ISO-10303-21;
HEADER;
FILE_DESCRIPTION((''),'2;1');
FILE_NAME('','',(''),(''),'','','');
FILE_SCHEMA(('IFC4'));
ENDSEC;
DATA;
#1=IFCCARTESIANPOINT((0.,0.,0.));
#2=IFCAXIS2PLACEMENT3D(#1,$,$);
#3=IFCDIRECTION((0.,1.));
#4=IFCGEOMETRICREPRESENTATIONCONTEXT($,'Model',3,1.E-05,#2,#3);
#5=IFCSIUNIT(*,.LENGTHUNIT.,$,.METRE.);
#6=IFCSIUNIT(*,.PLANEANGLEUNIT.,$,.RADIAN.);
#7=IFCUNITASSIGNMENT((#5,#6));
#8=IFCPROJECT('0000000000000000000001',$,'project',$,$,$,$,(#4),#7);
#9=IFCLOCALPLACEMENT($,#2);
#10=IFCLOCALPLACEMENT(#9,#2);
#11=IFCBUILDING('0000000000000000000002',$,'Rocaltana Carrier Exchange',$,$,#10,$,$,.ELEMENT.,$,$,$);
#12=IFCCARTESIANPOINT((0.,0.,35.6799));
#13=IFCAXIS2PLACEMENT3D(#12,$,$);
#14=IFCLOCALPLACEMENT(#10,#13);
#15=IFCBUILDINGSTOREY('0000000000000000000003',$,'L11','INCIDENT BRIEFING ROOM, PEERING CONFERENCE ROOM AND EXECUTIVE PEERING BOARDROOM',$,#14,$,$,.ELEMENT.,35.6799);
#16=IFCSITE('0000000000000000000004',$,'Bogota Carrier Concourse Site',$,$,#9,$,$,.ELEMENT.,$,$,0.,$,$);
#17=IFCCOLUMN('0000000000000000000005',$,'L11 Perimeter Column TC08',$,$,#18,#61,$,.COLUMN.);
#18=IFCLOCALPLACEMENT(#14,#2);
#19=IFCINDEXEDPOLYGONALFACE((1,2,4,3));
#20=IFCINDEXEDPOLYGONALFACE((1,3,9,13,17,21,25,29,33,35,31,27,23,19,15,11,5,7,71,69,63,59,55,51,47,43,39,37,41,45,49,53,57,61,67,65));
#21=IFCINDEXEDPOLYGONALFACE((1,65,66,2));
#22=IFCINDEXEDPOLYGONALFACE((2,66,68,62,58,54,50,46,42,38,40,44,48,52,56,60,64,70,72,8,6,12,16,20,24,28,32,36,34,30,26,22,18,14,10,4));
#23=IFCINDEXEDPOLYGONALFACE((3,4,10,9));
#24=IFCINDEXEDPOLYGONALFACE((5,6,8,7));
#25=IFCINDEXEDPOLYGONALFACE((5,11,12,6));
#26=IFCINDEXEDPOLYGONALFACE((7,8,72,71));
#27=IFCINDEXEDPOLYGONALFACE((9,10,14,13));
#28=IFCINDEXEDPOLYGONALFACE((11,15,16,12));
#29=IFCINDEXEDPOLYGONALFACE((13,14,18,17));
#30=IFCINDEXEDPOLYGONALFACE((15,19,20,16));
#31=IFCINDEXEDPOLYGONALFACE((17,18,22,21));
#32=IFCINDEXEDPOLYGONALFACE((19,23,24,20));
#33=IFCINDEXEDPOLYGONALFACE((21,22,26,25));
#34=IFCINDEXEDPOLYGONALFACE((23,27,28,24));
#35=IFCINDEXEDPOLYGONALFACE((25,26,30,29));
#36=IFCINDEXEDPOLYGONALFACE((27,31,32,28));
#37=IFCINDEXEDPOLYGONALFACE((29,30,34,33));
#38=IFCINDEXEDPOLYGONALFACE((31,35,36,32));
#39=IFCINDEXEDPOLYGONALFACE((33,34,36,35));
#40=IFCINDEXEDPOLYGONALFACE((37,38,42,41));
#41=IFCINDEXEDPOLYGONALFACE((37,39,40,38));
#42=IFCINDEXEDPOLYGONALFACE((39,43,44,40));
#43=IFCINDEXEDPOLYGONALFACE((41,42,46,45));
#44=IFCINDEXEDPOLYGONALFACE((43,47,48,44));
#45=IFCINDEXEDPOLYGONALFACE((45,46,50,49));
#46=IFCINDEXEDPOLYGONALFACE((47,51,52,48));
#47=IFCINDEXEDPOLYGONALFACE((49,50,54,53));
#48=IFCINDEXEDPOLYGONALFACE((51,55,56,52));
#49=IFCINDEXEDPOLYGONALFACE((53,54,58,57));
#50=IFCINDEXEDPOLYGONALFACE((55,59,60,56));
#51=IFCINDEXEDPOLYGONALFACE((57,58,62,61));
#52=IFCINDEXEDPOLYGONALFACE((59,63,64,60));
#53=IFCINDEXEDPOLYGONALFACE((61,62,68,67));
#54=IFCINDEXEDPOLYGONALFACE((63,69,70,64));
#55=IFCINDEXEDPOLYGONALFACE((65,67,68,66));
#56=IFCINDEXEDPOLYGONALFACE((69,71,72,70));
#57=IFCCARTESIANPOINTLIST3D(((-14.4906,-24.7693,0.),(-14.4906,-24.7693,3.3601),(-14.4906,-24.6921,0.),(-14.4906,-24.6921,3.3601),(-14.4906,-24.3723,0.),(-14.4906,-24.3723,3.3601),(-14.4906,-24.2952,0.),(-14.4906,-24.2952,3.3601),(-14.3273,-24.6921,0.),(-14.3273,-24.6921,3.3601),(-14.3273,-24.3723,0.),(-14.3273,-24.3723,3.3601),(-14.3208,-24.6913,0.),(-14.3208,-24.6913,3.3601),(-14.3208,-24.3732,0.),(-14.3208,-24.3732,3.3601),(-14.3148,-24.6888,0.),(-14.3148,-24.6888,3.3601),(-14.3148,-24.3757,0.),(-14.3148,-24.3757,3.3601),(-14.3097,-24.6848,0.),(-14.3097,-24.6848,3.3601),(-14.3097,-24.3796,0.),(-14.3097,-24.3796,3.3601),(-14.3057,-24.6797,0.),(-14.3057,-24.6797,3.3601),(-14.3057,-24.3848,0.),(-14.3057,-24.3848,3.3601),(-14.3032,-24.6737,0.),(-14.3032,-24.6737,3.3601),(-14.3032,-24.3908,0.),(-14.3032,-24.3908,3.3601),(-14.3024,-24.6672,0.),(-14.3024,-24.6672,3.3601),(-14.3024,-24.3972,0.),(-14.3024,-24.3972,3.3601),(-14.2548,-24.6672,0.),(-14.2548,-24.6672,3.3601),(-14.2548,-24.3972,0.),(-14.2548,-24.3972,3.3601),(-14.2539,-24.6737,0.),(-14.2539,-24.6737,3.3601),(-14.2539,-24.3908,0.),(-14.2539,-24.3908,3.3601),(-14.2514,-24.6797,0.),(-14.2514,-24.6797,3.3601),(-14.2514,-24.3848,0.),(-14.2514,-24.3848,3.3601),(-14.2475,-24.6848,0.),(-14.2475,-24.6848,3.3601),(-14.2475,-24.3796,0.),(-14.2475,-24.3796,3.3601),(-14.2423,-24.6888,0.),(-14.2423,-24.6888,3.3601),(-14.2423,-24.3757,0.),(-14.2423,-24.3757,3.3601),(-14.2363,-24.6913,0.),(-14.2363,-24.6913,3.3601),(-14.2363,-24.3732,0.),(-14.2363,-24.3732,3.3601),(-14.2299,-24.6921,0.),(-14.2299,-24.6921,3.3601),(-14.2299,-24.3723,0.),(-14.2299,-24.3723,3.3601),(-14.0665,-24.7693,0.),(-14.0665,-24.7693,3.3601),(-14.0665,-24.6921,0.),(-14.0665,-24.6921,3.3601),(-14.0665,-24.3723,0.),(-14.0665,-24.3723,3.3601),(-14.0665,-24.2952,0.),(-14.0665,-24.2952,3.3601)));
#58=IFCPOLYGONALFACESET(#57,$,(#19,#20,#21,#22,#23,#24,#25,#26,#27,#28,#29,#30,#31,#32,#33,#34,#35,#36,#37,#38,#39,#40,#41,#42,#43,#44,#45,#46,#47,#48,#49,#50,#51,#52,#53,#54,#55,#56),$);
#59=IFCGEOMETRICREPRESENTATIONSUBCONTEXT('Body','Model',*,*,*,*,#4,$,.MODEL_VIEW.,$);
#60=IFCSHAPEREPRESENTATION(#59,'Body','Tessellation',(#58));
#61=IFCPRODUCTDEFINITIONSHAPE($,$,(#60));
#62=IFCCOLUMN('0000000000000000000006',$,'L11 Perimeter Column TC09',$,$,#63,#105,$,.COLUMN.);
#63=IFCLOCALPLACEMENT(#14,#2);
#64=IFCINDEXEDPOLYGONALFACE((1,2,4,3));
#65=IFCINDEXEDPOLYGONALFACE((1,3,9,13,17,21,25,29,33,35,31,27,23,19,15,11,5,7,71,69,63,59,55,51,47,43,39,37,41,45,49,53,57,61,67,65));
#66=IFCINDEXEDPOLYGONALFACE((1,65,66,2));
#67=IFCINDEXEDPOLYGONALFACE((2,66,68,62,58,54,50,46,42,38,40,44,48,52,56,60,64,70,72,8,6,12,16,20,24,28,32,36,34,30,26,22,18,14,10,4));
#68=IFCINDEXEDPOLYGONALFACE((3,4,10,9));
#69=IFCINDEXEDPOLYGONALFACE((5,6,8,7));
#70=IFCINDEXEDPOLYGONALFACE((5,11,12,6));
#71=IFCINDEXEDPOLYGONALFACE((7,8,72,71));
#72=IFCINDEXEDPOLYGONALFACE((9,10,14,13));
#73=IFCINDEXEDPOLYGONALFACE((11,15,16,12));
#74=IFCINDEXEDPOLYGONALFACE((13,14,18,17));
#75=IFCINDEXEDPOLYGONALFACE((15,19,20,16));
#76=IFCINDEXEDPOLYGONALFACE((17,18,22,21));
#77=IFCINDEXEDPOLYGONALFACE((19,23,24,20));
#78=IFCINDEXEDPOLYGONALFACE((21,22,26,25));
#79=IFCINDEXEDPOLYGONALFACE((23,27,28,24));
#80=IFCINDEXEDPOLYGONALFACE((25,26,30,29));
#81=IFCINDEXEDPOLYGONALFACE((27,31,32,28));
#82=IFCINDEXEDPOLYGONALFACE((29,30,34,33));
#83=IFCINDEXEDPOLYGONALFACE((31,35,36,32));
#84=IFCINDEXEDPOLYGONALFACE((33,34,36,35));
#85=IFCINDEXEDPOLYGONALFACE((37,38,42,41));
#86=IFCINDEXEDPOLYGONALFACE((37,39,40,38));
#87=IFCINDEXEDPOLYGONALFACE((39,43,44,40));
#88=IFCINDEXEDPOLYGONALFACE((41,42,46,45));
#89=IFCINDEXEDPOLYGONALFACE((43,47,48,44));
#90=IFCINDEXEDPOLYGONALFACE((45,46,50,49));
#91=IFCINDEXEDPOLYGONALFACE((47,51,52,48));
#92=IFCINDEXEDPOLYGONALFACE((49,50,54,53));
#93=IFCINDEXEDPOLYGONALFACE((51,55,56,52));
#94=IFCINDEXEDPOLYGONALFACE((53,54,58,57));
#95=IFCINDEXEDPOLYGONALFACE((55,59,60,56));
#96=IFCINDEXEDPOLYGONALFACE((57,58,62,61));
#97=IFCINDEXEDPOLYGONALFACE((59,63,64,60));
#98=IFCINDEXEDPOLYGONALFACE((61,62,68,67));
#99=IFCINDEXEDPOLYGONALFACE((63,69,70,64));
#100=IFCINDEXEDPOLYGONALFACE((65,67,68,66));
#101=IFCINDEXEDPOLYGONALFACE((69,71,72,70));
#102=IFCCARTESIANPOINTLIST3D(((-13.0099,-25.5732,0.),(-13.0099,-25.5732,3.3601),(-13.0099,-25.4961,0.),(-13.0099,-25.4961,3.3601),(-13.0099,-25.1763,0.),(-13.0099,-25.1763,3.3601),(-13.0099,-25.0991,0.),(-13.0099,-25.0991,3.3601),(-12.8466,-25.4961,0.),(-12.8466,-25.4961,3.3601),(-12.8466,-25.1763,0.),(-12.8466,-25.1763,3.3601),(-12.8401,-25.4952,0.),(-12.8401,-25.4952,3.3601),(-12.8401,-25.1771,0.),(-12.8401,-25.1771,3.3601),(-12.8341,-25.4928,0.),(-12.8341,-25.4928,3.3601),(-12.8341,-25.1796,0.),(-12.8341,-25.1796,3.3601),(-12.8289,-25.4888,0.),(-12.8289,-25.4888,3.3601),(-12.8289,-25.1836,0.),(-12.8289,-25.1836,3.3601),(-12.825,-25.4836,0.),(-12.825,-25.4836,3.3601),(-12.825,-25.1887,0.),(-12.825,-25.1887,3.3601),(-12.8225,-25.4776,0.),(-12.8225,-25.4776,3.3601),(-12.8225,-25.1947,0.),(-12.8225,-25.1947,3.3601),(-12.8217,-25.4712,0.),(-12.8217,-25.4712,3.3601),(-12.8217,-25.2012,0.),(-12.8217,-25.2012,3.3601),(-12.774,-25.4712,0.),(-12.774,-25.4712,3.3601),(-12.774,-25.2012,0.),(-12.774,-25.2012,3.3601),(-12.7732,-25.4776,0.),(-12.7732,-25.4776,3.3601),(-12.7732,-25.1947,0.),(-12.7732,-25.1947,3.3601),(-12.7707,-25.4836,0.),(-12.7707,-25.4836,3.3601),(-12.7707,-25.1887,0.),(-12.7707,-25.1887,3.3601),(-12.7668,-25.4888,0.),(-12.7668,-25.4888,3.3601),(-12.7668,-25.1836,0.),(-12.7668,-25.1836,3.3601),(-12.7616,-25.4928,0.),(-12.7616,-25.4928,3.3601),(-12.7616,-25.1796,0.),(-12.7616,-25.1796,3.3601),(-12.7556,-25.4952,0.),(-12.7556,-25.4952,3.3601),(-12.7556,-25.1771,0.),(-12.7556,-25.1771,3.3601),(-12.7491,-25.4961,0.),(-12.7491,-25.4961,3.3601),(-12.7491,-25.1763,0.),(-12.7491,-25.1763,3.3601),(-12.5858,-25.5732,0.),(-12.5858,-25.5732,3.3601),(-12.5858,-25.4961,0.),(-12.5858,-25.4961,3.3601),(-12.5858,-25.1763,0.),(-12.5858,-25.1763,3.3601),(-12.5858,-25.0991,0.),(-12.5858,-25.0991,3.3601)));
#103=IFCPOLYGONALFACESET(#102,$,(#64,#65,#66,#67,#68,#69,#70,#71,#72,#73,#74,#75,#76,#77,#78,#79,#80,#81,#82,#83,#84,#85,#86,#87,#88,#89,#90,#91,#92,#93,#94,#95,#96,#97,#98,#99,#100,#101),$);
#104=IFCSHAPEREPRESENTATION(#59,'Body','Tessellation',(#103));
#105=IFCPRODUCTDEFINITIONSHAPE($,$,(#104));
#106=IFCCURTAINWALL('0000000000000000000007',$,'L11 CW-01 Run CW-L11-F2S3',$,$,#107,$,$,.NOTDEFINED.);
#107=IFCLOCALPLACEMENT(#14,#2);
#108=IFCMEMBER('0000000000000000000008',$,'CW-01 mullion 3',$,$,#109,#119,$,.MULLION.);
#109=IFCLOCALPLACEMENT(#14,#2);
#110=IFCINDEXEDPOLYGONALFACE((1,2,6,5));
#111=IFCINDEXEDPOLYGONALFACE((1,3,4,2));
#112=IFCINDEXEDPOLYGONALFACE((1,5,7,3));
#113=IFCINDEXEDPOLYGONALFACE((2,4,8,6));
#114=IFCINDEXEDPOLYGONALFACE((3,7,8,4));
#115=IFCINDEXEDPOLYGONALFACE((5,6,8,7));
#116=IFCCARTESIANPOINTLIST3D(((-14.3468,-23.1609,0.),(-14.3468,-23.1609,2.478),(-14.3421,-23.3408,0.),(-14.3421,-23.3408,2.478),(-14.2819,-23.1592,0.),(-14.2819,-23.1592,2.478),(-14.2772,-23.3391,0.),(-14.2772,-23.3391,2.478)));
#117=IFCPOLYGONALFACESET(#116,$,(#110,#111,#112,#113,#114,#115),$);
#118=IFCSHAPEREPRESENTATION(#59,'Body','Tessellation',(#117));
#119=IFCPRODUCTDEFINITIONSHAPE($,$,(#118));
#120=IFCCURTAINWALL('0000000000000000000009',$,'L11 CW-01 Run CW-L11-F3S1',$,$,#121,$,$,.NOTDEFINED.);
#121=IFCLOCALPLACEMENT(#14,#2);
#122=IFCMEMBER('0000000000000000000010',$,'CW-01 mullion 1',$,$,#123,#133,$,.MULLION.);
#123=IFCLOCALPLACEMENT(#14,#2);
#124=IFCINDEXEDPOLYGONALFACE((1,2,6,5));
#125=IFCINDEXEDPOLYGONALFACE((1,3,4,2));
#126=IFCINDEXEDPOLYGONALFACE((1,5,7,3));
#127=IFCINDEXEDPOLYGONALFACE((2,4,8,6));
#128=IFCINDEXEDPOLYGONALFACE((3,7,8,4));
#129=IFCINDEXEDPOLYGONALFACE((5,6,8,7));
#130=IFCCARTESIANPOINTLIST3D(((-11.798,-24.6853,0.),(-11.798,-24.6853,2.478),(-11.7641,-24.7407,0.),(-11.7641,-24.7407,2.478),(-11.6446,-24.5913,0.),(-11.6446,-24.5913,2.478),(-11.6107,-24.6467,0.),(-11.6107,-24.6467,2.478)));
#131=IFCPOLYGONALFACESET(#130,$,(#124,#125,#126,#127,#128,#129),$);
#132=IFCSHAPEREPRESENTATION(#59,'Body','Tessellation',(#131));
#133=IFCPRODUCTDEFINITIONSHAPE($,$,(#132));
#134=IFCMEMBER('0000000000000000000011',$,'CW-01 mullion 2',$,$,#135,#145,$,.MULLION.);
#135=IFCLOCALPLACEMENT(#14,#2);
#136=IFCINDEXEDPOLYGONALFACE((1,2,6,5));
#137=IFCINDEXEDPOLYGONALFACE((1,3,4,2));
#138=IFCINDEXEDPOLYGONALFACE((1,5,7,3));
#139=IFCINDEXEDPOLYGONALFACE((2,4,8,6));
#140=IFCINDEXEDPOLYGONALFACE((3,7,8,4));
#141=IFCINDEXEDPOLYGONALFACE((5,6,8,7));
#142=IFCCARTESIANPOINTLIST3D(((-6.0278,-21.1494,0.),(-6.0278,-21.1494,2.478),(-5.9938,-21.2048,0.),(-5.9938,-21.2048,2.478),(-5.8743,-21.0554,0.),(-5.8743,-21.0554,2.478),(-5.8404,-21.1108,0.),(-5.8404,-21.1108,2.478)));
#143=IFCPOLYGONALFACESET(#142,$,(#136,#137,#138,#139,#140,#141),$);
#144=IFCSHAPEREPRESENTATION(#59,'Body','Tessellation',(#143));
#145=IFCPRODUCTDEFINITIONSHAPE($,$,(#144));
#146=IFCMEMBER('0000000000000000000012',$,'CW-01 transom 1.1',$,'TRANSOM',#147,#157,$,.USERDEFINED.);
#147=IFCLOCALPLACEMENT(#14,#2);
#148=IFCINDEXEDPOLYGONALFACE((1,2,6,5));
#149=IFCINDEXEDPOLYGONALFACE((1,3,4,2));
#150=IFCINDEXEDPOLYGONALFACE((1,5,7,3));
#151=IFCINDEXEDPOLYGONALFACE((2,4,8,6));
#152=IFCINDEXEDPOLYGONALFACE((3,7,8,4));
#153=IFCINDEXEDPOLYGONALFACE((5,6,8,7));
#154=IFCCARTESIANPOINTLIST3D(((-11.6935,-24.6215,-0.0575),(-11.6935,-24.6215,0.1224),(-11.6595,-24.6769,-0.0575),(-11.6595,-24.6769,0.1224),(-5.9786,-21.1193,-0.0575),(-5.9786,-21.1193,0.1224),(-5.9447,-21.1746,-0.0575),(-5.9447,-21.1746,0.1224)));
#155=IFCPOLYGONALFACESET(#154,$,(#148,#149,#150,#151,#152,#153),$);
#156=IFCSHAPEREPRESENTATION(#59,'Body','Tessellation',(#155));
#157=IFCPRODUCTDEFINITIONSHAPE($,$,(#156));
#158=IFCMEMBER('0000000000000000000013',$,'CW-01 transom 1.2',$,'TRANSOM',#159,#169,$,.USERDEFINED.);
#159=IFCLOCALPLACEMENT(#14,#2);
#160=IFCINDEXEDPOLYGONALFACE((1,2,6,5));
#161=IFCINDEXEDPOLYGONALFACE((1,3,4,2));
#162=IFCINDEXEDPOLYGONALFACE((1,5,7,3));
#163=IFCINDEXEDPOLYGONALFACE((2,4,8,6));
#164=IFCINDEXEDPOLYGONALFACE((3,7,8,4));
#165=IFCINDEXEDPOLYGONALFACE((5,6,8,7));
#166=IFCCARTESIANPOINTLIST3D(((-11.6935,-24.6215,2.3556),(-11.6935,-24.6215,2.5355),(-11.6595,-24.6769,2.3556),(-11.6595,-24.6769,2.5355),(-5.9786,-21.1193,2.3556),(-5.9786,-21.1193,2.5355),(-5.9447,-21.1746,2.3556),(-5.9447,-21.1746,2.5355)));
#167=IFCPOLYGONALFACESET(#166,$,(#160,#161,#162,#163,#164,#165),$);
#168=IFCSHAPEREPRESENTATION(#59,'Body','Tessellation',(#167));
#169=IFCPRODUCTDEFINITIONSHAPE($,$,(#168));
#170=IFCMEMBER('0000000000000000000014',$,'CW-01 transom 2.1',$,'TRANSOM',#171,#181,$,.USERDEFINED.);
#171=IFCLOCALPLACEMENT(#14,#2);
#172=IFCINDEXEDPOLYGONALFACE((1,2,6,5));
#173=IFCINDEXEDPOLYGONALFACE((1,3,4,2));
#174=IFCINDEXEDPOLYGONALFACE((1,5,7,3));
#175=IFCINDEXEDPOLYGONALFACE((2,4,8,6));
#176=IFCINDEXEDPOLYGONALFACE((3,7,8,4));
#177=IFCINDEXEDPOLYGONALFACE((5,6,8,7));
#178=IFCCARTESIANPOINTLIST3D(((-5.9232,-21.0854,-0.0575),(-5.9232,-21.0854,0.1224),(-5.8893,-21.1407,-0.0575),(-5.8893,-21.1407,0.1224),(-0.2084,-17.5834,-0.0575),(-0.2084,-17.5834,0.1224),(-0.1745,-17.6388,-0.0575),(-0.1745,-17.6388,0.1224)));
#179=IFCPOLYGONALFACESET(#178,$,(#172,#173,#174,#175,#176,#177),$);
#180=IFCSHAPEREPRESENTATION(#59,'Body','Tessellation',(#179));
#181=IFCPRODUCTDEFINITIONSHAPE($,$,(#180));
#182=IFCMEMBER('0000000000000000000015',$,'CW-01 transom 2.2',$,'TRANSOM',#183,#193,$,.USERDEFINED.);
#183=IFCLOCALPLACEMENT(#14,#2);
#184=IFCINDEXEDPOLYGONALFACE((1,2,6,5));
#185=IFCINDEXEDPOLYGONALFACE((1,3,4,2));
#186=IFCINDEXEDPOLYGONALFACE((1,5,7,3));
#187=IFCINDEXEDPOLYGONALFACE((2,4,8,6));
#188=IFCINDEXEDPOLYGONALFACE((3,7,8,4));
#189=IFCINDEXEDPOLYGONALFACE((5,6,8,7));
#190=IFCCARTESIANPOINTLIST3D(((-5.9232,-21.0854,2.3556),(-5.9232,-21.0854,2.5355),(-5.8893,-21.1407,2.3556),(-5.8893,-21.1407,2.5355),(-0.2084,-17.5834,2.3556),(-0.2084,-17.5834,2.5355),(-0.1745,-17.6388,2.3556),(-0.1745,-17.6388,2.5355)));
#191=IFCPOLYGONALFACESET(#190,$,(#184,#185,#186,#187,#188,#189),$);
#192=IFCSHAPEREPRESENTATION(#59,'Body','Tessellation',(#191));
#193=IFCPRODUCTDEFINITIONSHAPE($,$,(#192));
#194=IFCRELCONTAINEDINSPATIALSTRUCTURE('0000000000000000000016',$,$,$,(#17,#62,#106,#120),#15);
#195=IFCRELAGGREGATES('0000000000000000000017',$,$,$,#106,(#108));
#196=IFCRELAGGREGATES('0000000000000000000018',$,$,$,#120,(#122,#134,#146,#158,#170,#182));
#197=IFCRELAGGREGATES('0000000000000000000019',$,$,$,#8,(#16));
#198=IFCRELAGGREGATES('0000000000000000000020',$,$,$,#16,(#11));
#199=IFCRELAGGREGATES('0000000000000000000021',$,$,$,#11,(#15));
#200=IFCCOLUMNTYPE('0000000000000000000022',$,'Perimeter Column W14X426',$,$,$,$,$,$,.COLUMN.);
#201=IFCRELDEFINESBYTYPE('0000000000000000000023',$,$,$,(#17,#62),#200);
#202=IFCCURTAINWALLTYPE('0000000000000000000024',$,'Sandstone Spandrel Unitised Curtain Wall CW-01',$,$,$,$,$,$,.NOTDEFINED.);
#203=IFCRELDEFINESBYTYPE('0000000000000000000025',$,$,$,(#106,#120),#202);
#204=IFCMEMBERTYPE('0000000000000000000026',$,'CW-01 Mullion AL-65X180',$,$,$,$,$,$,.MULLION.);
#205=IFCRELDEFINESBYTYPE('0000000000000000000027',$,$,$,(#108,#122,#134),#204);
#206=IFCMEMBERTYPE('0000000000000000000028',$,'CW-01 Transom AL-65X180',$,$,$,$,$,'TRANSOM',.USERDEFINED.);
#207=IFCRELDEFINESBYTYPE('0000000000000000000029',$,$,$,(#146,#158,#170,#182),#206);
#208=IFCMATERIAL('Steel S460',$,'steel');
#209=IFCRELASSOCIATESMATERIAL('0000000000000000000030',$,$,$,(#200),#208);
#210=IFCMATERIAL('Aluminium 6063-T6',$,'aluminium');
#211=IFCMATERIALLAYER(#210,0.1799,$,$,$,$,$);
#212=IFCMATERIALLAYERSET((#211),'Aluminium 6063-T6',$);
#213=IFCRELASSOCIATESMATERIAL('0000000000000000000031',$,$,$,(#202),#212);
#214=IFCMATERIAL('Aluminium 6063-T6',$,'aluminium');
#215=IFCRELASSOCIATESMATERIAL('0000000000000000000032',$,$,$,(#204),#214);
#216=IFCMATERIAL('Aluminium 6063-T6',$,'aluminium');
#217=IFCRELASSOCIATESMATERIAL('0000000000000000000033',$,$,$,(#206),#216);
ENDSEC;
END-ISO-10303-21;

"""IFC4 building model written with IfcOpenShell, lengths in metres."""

from ifc_helpers import new_model, si_unit, direction, frame, origin, origin_2d, place, context, subcontext, project, spatial, rectangle, i_section, extrude, material, layer, layer_set, material_profile, profile_set, type_object, element, aggregate, save


model = new_model("IFC4")

# Units and contexts
model_context = context("Model", 3, precision=1e-05, world=origin(), true_north=direction((0.0, 1.0)))
body_context = subcontext(model_context, "Body", "Model", "MODEL_VIEW")
ifc_project = project(units=[si_unit("LENGTHUNIT", "METRE"), si_unit("PLANEANGLEUNIT", "RADIAN")], contexts=[model_context])

# Site, building, storey
site_placement = place(None, origin())
site = spatial("IfcSite", under=ifc_project, at=site_placement, Name="Bogota Carrier Concourse Site", CompositionType="ELEMENT", RefElevation=0.0)
building_placement = place(site_placement, origin())
building = spatial("IfcBuilding", under=site, at=building_placement, Name="Rocaltana Carrier Exchange", CompositionType="ELEMENT")
storey_placement = place(building_placement, frame((0.0, 0.0, 35.6799)))
storey = spatial("IfcBuildingStorey", under=building, at=storey_placement, Name="L11", Description="INCIDENT BRIEFING ROOM, PEERING CONFERENCE ROOM AND EXECUTIVE PEERING BOARDROOM", CompositionType="ELEMENT", Elevation=35.6799)

# Columns
ifc_material_1 = material(Name="Steel S460", Category="steel")
ifc_material_profile_1 = material_profile(ifc_material_1, i_section(OverallWidth=0.4241, OverallDepth=0.4741, WebThickness=0.0476, FlangeThickness=0.0771, FilletRadius=0.0249, at=origin_2d()), Name="W14X426")
ifc_profile_set_1 = profile_set([ifc_material_profile_1], Name="Steel S460")
column_type = type_object("IfcColumnType", Name="Perimeter Column W14X426", PredefinedType="COLUMN", material=ifc_profile_set_1)
for number, where, z_axis, x_axis, name in (
    (1, (-14.2786, -24.5322, 0.0), (0.0, 0.0, 1.0), (1.0, 0.0, 0.0), "L11 Perimeter Column TC08"),
    (2, (-12.7979, -25.3362, 0.0), (0.0, 0.0, 1.0), (1.0, 0.0, 0.0), "L11 Perimeter Column TC09"),
):
    element("IfcColumn", number, at=place(storey_placement, frame(where, z_axis=z_axis, x_axis=x_axis)), inside=storey, type_object=column_type, Name=name, PredefinedType="COLUMN", context=body_context, shape_type="SweptSolid", body=[
        extrude(i_section(OverallWidth=0.4241, OverallDepth=0.4741, WebThickness=0.0476, FlangeThickness=0.0771, FilletRadius=0.0249, at=origin_2d()), origin(), (0.0, 0.0, 1.0), 3.3601),
    ])

# Curtain wall, member
ifc_material_2 = material(Name="Aluminium 6063-T6", Category="aluminium")
ifc_layer_1 = layer(ifc_material_2, 0.1799)
ifc_layer_set_1 = layer_set([ifc_layer_1], Name="Aluminium 6063-T6")
curtain_wall_type = type_object("IfcCurtainWallType", Name="Sandstone Spandrel Unitised Curtain Wall CW-01", PredefinedType="NOTDEFINED", material=ifc_layer_set_1)
curtain_wall_1_placement = place(storey_placement, origin())
curtain_wall_1 = element("IfcCurtainWall", 3, at=curtain_wall_1_placement, inside=storey, type_object=curtain_wall_type, Name="L11 CW-01 Run CW-L11-F2S3", PredefinedType="NOTDEFINED")
ifc_material_3 = material(Name="Aluminium 6063-T6", Category="aluminium")
ifc_material_profile_2 = material_profile(ifc_material_3, rectangle(XDim=0.0649, YDim=0.1799, at=origin_2d()), Name="AL-65X180")
ifc_profile_set_2 = profile_set([ifc_material_profile_2], Name="Aluminium 6063-T6")
member_type_1 = type_object("IfcMemberType", Name="CW-01 Mullion AL-65X180", PredefinedType="MULLION", material=ifc_profile_set_2)
member_1_placement = place(storey_placement, frame((-14.312, -23.25, 0.0), z_axis=(0.0, 0.0, 1.0), x_axis=(0.999657, 0.026184, 0.0)))
member_1 = element("IfcMember", 4, at=member_1_placement, type_object=member_type_1, Name="CW-01 mullion 3", PredefinedType="MULLION", context=body_context, shape_type="SweptSolid", body=[
    extrude(rectangle(XDim=0.0649, YDim=0.1799, at=origin_2d()), origin(), (0.0, 0.0, 1.0), 2.478),
])
aggregate(curtain_wall_1, [member_1])

# Curtain wall, members
curtain_wall_2_placement = place(storey_placement, origin())
curtain_wall_2 = element("IfcCurtainWall", 5, at=curtain_wall_2_placement, inside=storey, type_object=curtain_wall_type, Name="L11 CW-01 Run CW-L11-F3S1", PredefinedType="NOTDEFINED")
member_2_placement = place(storey_placement, frame((-11.7043, -24.666, 0.0), z_axis=(0.0, 0.0, 1.0), x_axis=(-0.522505, 0.852636, 0.0)))
member_2 = element("IfcMember", 6, at=member_2_placement, type_object=member_type_1, Name="CW-01 mullion 1", PredefinedType="MULLION", context=body_context, shape_type="SweptSolid", body=[
    extrude(rectangle(XDim=0.0649, YDim=0.1799, at=origin_2d()), origin(), (0.0, 0.0, 1.0), 2.478),
])
member_3_placement = place(storey_placement, frame((-5.9341, -21.1301, 0.0), z_axis=(0.0, 0.0, 1.0), x_axis=(-0.522505, 0.852636, 0.0)))
member_3 = element("IfcMember", 7, at=member_3_placement, type_object=member_type_1, Name="CW-01 mullion 2", PredefinedType="MULLION", context=body_context, shape_type="SweptSolid", body=[
    extrude(rectangle(XDim=0.0649, YDim=0.1799, at=origin_2d()), origin(), (0.0, 0.0, 1.0), 2.478),
])
ifc_material_4 = material(Name="Aluminium 6063-T6", Category="aluminium")
ifc_material_profile_3 = material_profile(ifc_material_4, rectangle(XDim=0.0649, YDim=0.1799, at=origin_2d()), Name="AL-65X180")
ifc_profile_set_3 = profile_set([ifc_material_profile_3], Name="Aluminium 6063-T6")
member_type_2 = type_object("IfcMemberType", Name="CW-01 Transom AL-65X180", ElementType="TRANSOM", PredefinedType="USERDEFINED", material=ifc_profile_set_3)
member_4_placement = place(storey_placement, frame((-11.6765, -24.6492, 0.0325), z_axis=(0.852631, 0.522513, 0.0), x_axis=(-0.522513, 0.852631, 0.0)))
member_4 = element("IfcMember", 8, at=member_4_placement, type_object=member_type_2, Name="CW-01 transom 1.1", ObjectType="TRANSOM", PredefinedType="USERDEFINED", context=body_context, shape_type="SweptSolid", body=[
    extrude(rectangle(XDim=0.0649, YDim=0.1799, at=origin_2d()), origin(), (0.0, 0.0, 1.0), 6.7026),
])
member_5_placement = place(storey_placement, frame((-11.6765, -24.6492, 2.4456), z_axis=(0.852631, 0.522513, 0.0), x_axis=(-0.522513, 0.852631, 0.0)))
member_5 = element("IfcMember", 9, at=member_5_placement, type_object=member_type_2, Name="CW-01 transom 1.2", ObjectType="TRANSOM", PredefinedType="USERDEFINED", context=body_context, shape_type="SweptSolid", body=[
    extrude(rectangle(XDim=0.0649, YDim=0.1799, at=origin_2d()), origin(), (0.0, 0.0, 1.0), 6.7026),
])
member_6_placement = place(storey_placement, frame((-5.9062, -21.113, 0.0325), z_axis=(0.852647, 0.522487, 0.0), x_axis=(-0.522487, 0.852647, 0.0)))
member_6 = element("IfcMember", 10, at=member_6_placement, type_object=member_type_2, Name="CW-01 transom 2.1", ObjectType="TRANSOM", PredefinedType="USERDEFINED", context=body_context, shape_type="SweptSolid", body=[
    extrude(rectangle(XDim=0.0649, YDim=0.1799, at=origin_2d()), origin(), (0.0, 0.0, 1.0), 6.7024),
])
member_7_placement = place(storey_placement, frame((-5.9062, -21.113, 2.4456), z_axis=(0.852647, 0.522487, 0.0), x_axis=(-0.522487, 0.852647, 0.0)))
member_7 = element("IfcMember", 11, at=member_7_placement, type_object=member_type_2, Name="CW-01 transom 2.2", ObjectType="TRANSOM", PredefinedType="USERDEFINED", context=body_context, shape_type="SweptSolid", body=[
    extrude(rectangle(XDim=0.0649, YDim=0.1799, at=origin_2d()), origin(), (0.0, 0.0, 1.0), 6.7024),
])

aggregate(curtain_wall_2, [member_2, member_3, member_4, member_5, member_6, member_7])

save(model, "model.ifc")
